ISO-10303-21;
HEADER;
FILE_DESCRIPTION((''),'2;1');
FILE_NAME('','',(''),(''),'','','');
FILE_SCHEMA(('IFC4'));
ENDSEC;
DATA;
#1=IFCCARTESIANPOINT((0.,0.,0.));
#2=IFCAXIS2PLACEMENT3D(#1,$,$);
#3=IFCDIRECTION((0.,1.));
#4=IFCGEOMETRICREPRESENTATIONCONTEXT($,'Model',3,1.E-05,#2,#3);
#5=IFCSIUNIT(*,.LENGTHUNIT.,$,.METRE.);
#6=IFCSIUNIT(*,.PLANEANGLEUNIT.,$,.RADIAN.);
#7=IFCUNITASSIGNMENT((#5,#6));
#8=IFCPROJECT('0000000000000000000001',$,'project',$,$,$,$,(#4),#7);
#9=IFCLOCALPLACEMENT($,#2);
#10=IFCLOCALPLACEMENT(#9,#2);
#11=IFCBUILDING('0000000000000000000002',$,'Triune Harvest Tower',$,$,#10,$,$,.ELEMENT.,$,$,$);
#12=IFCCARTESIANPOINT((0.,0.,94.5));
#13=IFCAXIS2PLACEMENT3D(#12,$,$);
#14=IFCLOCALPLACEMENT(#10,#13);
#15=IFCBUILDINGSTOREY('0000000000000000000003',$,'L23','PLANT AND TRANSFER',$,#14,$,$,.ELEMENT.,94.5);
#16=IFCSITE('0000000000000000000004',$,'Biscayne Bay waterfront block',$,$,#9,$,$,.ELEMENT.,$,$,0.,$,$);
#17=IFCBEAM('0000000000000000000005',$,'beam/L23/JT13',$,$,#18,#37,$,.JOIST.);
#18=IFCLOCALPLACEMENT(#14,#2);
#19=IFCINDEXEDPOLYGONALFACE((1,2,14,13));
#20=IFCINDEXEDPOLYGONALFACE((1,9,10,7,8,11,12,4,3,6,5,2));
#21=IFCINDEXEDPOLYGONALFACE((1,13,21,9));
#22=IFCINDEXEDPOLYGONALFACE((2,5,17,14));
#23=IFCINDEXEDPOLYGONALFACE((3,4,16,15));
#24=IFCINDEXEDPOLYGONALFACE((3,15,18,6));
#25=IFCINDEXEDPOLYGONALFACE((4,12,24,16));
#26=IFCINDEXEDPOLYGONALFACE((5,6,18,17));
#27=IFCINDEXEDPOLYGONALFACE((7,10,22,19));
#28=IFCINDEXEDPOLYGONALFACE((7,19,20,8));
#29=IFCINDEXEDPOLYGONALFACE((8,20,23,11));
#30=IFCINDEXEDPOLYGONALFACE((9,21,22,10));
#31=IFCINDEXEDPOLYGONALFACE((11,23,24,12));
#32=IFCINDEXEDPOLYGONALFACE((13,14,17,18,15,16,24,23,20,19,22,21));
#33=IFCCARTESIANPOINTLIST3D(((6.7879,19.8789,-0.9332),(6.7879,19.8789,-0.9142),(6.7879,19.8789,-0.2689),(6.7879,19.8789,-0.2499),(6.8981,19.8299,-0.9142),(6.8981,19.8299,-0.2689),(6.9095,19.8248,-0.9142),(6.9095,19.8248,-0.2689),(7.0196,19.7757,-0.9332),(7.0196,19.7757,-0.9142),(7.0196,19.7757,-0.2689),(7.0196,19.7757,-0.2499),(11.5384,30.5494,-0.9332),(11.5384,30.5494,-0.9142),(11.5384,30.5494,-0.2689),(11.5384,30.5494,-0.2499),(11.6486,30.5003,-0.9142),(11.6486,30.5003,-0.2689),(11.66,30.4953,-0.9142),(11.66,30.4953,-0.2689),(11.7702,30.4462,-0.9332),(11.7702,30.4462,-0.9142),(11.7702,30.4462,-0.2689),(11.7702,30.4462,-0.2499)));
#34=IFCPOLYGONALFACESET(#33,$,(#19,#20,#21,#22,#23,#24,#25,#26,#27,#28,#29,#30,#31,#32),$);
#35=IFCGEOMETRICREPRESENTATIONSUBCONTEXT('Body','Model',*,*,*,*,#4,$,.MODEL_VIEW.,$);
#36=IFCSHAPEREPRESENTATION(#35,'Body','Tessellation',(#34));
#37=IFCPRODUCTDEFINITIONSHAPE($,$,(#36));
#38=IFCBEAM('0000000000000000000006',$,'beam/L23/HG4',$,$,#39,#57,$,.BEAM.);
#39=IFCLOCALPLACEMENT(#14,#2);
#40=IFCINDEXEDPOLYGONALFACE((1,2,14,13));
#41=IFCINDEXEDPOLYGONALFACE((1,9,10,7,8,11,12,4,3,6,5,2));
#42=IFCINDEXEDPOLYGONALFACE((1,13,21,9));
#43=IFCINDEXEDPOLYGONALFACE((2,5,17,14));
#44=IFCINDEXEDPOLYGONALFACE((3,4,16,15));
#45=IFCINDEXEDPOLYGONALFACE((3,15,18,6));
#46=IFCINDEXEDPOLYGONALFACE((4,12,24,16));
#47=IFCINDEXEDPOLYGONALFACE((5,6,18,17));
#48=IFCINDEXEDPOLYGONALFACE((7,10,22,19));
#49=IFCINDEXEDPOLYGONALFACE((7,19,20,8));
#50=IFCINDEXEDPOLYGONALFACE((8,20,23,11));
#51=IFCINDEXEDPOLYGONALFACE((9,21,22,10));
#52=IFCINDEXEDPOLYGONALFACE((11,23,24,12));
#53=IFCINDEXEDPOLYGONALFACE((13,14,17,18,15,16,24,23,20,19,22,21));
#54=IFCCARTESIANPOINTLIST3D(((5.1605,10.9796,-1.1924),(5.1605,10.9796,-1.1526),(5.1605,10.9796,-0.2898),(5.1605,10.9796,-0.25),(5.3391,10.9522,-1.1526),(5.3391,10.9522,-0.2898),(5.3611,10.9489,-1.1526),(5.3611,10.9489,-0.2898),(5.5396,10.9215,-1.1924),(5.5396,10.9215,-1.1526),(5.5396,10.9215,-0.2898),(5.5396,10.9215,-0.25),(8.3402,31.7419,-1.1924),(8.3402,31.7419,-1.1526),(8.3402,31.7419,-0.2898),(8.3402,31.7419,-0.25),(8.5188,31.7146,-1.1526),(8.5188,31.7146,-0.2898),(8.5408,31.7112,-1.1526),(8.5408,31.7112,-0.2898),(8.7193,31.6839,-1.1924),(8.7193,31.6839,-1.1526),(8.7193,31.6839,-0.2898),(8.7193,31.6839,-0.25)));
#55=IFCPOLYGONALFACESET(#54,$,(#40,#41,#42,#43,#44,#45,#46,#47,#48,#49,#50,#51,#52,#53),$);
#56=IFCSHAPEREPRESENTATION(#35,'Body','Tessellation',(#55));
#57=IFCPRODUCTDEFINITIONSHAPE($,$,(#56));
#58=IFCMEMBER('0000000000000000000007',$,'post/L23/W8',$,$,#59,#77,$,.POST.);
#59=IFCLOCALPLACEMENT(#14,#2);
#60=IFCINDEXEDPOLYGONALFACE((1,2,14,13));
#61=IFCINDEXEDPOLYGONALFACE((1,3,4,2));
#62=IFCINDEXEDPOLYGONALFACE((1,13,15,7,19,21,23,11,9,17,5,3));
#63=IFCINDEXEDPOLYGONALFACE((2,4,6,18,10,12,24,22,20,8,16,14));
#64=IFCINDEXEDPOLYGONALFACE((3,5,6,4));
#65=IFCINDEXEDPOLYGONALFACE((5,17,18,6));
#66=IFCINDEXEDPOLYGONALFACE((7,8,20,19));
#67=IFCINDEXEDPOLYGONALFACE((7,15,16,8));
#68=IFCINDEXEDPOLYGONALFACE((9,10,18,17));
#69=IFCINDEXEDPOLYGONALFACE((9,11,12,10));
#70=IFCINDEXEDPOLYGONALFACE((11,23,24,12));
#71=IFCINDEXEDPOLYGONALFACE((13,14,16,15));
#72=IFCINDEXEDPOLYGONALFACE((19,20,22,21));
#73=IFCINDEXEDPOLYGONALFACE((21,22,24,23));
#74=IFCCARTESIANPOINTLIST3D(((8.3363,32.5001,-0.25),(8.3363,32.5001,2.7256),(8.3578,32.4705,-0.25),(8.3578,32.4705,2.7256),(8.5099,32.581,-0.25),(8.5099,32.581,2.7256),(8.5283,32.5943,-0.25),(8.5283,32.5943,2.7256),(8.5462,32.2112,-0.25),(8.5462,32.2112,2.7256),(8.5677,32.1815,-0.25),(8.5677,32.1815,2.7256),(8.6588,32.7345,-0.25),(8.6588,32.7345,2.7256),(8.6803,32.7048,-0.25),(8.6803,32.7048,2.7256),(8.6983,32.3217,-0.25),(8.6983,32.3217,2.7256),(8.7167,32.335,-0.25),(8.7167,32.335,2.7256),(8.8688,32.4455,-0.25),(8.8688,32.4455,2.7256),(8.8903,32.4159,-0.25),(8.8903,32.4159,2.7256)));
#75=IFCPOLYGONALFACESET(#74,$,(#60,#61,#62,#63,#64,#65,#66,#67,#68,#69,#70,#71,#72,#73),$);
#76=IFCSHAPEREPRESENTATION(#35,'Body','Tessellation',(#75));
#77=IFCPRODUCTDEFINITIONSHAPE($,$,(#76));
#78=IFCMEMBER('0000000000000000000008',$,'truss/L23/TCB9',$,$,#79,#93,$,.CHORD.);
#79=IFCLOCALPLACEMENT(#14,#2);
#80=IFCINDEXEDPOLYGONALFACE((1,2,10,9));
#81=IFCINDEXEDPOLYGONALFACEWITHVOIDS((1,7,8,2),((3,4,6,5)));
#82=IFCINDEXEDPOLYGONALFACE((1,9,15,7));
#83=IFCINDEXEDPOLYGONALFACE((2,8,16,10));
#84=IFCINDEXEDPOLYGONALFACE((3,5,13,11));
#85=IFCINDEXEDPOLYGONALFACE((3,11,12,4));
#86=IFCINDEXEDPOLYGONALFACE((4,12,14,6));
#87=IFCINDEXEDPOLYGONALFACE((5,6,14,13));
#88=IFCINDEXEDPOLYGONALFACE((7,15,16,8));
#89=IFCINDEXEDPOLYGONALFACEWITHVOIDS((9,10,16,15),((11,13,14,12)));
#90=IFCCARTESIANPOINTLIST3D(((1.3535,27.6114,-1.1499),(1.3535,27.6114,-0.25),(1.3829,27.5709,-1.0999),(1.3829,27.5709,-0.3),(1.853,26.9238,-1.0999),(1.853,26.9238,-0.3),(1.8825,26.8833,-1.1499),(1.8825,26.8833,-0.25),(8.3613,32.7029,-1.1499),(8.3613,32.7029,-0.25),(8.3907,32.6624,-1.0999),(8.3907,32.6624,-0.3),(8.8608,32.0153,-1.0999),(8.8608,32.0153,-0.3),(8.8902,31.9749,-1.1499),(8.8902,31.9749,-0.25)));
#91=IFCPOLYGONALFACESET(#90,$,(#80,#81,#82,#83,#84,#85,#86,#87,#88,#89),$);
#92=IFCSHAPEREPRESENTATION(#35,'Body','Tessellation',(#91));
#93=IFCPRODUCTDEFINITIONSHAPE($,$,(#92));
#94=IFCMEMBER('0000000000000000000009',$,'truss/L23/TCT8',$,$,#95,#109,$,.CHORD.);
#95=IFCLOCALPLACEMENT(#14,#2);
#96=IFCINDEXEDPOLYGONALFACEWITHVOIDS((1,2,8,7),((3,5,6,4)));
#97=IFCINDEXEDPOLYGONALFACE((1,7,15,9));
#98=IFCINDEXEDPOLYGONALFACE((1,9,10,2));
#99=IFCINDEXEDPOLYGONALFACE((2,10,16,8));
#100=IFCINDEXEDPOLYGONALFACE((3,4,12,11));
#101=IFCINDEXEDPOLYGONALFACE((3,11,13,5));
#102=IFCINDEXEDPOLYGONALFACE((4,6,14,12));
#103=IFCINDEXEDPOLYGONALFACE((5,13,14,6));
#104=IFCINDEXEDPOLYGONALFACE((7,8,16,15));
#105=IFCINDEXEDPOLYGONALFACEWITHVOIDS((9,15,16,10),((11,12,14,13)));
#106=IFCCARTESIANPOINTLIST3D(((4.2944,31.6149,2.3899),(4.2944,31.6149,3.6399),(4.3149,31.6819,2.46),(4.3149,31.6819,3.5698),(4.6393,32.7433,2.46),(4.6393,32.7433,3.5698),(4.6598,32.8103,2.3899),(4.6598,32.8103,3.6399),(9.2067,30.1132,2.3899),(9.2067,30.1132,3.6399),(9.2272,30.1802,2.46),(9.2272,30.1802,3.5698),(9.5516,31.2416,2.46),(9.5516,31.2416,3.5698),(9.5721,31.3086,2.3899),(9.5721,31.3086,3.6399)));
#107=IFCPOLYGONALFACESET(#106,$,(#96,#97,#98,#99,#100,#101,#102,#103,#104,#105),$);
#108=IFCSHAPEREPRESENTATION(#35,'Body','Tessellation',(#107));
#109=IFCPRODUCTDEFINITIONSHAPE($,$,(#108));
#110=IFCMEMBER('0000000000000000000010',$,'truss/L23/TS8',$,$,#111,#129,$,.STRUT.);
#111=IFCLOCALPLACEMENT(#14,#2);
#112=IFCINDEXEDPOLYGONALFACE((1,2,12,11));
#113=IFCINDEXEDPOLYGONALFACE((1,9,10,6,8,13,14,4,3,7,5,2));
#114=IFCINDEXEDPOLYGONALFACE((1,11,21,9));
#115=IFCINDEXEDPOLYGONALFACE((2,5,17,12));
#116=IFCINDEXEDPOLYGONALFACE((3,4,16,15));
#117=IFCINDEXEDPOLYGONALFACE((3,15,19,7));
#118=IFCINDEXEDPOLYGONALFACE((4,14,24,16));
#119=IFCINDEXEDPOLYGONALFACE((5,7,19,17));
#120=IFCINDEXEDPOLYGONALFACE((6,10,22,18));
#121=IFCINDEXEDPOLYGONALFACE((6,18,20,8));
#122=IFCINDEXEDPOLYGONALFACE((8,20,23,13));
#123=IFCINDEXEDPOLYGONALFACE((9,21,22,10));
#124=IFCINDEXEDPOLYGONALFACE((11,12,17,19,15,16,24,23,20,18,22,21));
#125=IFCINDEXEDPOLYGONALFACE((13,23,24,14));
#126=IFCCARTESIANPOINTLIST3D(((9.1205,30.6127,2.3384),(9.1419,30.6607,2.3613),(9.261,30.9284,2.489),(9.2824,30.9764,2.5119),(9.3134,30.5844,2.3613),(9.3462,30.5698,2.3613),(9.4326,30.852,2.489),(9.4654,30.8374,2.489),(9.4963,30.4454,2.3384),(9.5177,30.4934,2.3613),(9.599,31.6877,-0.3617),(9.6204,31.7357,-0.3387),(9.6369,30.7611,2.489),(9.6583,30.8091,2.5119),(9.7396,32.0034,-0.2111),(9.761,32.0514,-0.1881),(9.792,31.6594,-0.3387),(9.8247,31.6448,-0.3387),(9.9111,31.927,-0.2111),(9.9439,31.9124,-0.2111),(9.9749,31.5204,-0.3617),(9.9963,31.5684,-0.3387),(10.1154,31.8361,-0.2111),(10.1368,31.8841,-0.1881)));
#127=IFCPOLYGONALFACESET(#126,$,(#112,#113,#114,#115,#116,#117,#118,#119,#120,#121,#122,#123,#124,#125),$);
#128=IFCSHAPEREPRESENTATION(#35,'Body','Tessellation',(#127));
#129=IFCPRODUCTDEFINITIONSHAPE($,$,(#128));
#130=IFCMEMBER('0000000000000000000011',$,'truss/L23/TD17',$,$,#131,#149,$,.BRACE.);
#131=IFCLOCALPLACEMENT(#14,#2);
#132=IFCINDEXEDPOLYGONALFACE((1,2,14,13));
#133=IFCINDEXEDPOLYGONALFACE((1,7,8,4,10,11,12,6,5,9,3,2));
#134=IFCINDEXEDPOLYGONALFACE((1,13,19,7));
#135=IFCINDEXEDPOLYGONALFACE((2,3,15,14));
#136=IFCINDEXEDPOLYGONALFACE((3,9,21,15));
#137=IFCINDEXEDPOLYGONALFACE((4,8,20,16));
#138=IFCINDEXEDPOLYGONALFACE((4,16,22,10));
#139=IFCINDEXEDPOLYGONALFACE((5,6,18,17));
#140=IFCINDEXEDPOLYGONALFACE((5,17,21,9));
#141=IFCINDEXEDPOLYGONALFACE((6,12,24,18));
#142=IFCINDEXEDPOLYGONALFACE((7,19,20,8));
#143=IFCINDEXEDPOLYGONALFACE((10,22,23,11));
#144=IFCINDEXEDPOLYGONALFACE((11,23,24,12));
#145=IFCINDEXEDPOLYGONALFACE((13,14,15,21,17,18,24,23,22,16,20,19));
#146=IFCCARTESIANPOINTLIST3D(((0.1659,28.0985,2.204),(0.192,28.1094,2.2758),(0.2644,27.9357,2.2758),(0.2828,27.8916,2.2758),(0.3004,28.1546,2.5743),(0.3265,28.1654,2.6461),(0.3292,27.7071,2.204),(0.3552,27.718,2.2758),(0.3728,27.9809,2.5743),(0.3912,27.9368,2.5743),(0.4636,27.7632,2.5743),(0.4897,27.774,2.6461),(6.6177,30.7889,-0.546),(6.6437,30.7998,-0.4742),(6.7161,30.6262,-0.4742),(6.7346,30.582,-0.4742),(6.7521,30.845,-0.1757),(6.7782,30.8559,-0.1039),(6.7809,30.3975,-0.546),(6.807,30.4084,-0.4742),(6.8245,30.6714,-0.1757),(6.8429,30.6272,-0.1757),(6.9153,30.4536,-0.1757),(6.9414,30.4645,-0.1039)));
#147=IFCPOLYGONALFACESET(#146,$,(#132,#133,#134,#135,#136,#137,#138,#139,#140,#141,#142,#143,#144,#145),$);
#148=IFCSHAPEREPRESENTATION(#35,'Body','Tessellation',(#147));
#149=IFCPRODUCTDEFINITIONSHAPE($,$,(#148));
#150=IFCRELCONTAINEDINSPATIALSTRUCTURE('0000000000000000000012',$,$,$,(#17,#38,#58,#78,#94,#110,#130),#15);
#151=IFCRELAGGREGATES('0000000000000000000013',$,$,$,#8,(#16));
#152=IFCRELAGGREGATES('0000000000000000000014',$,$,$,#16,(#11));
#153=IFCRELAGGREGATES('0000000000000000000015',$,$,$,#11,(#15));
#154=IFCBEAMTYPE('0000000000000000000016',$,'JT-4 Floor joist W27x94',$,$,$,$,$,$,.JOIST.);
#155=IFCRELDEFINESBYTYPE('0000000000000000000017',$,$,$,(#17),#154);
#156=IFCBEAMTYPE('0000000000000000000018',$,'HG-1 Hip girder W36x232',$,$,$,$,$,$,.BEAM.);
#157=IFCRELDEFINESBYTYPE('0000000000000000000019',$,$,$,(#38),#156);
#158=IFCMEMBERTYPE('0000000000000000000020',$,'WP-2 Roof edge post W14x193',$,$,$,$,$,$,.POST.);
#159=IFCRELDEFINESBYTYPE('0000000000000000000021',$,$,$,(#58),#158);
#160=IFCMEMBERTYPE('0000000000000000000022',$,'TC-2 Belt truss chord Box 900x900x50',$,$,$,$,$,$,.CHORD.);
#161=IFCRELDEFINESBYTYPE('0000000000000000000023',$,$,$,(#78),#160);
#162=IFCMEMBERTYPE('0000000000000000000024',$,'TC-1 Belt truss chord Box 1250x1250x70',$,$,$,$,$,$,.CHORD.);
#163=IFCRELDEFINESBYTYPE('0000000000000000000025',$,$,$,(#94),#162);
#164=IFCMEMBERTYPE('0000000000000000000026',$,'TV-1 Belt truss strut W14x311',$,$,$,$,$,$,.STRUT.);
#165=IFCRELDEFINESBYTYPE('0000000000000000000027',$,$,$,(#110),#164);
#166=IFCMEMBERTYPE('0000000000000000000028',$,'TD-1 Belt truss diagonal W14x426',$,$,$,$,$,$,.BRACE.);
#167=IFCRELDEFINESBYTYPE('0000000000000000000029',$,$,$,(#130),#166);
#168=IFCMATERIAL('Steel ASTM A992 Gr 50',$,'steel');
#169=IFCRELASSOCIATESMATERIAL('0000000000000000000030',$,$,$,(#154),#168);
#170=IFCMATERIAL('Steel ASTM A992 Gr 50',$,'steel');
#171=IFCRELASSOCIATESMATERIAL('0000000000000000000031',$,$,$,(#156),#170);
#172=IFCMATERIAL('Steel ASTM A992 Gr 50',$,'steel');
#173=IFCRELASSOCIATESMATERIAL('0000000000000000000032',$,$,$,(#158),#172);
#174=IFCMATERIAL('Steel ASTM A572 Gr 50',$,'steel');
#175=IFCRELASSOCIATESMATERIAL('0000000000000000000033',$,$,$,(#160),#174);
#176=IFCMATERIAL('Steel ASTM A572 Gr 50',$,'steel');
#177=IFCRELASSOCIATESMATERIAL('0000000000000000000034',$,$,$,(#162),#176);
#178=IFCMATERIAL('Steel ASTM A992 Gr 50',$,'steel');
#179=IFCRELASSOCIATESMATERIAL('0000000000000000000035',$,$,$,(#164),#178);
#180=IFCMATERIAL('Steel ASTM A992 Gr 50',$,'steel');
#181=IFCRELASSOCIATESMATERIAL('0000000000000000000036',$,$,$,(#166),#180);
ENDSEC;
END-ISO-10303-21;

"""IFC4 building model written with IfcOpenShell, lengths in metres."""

from ifc_helpers import new_model, si_unit, direction, frame, origin, origin_2d, place, context, subcontext, project, spatial, hollow_rectangle, i_section, extrude, source, transform, mapped, material, material_profile, profile_set, type_object, element, save


model = new_model("IFC4")

# Units and contexts
model_context = context("Model", 3, precision=1e-05, world=origin(), true_north=direction((0.0, 1.0)))
body_context = subcontext(model_context, "Body", "Model", "MODEL_VIEW")
ifc_project = project(units=[si_unit("LENGTHUNIT", "METRE"), si_unit("PLANEANGLEUNIT", "RADIAN")], contexts=[model_context])

# Site, building, storey
site_placement = place(None, origin())
site = spatial("IfcSite", under=ifc_project, at=site_placement, Name="Biscayne Bay waterfront block", CompositionType="ELEMENT", RefElevation=0.0)
building_placement = place(site_placement, origin())
building = spatial("IfcBuilding", under=site, at=building_placement, Name="Triune Harvest Tower", CompositionType="ELEMENT")
storey_placement = place(building_placement, frame((0.0, 0.0, 94.5)))
storey = spatial("IfcBuildingStorey", under=building, at=storey_placement, Name="L23", Description="PLANT AND TRANSFER", CompositionType="ELEMENT", Elevation=94.5)

# Beams
ifc_material_1 = material(Name="Steel ASTM A992 Gr 50", Category="steel")
ifc_material_profile_1 = material_profile(ifc_material_1, i_section(OverallWidth=0.2537, OverallDepth=0.6833, WebThickness=0.0125, FlangeThickness=0.019, at=origin_2d()), Name="W27x94")
ifc_profile_set_1 = profile_set([ifc_material_profile_1], Name="Steel ASTM A992 Gr 50")
beam_type_1 = type_object("IfcBeamType", Name="JT-4 Floor joist W27x94", PredefinedType="JOIST", material=ifc_profile_set_1)
beam_1_placement = place(storey_placement, frame((11.6543, 30.4978, -0.5916), z_axis=(-0.406716, -0.913555, 0.0), x_axis=(0.913555, -0.406716, 0.0)))
element("IfcBeam", 1, at=beam_1_placement, inside=storey, type_object=beam_type_1, Name="beam/L23/JT13", PredefinedType="JOIST", context=body_context, shape_type="SweptSolid", body=[
    extrude(i_section(OverallWidth=0.2537, OverallDepth=0.6833, WebThickness=0.0125, FlangeThickness=0.019, at=origin_2d()), origin(), (0.0, 0.0, 1.0), 11.6802),
])
ifc_material_2 = material(Name="Steel ASTM A992 Gr 50", Category="steel")
ifc_material_profile_2 = material_profile(ifc_material_2, i_section(OverallWidth=0.3835, OverallDepth=0.9424, WebThickness=0.0222, FlangeThickness=0.0398, at=origin_2d()), Name="W36x232")
ifc_profile_set_2 = profile_set([ifc_material_profile_2], Name="Steel ASTM A992 Gr 50")
beam_type_2 = type_object("IfcBeamType", Name="HG-1 Hip girder W36x232", PredefinedType="BEAM", material=ifc_profile_set_2)
shared_shape_1 = source(origin(), body_context, "Body", "SweptSolid", [
    extrude(i_section(OverallWidth=0.3835, OverallDepth=0.9424, WebThickness=0.0222, FlangeThickness=0.0398, at=origin_2d()), origin(), (0.0, 0.0, 1.0), 21.0044),
])
beam_2_placement = place(storey_placement, frame((8.5298, 31.7129, -0.7212), z_axis=(-0.151383, -0.988475, 0.0), x_axis=(0.988475, -0.151383, 0.0)))
element("IfcBeam", 2, at=beam_2_placement, inside=storey, type_object=beam_type_2, Name="beam/L23/HG4", PredefinedType="BEAM", context=body_context, shape_type="MappedRepresentation", body=[
    mapped(shared_shape_1, transform((0.0, 0.0, 0.0), scale=1.0)),
])

# Members
ifc_material_3 = material(Name="Steel ASTM A992 Gr 50", Category="steel")
ifc_material_profile_3 = material_profile(ifc_material_3, i_section(OverallWidth=0.3987, OverallDepth=0.3938, WebThickness=0.0227, FlangeThickness=0.0366, at=origin_2d()), Name="W14x193")
ifc_profile_set_3 = profile_set([ifc_material_profile_3], Name="Steel ASTM A992 Gr 50")
member_type_1 = type_object("IfcMemberType", Name="WP-2 Roof edge post W14x193", PredefinedType="POST", material=ifc_profile_set_3)
shared_shape_2 = source(origin(), body_context, "Body", "SweptSolid", [
    extrude(i_section(OverallWidth=0.3987, OverallDepth=0.3938, WebThickness=0.0227, FlangeThickness=0.0366, at=origin_2d()), origin(), (0.0, 0.0, 1.0), 2.9756),
])
member_1_placement = place(storey_placement, frame((8.6133, 32.458, -0.25), z_axis=(0.0, 0.0, 1.0), x_axis=(-0.809017, -0.587785, 0.0)))
element("IfcMember", 3, at=member_1_placement, inside=storey, type_object=member_type_1, Name="post/L23/W8", PredefinedType="POST", context=body_context, shape_type="MappedRepresentation", body=[
    mapped(shared_shape_2, transform((0.0, 0.0, 0.0), scale=1.0)),
])
ifc_material_4 = material(Name="Steel ASTM A572 Gr 50", Category="steel")
ifc_material_profile_4 = material_profile(ifc_material_4, hollow_rectangle(XDim=0.8999, YDim=0.8999, WallThickness=0.05, at=origin_2d()), Name="Box 900x900x50")
ifc_profile_set_4 = profile_set([ifc_material_profile_4], Name="Steel ASTM A572 Gr 50")
member_type_2 = type_object("IfcMemberType", Name="TC-2 Belt truss chord Box 900x900x50", PredefinedType="CHORD", material=ifc_profile_set_4)
shared_shape_3 = source(origin(), body_context, "Body", "SweptSolid", [
    extrude(hollow_rectangle(XDim=0.8999, YDim=0.8999, WallThickness=0.05, at=origin_2d()), origin(), (0.0, 0.0, 1.0), 8.6621),
])
member_2_placement = place(storey_placement, frame((8.6257, 32.3389, -0.7), z_axis=(-0.809013, -0.587791, 0.0), x_axis=(0.587791, -0.809013, 0.0)))
element("IfcMember", 4, at=member_2_placement, inside=storey, type_object=member_type_2, Name="truss/L23/TCB9", PredefinedType="CHORD", context=body_context, shape_type="MappedRepresentation", body=[
    mapped(shared_shape_3, transform((0.0, 0.0, 0.0), scale=1.0)),
])
ifc_material_5 = material(Name="Steel ASTM A572 Gr 50", Category="steel")
ifc_material_profile_5 = material_profile(ifc_material_5, hollow_rectangle(XDim=1.25, YDim=1.25, WallThickness=0.0701, at=origin_2d()), Name="Box 1250x1250x70")
ifc_profile_set_5 = profile_set([ifc_material_profile_5], Name="Steel ASTM A572 Gr 50")
member_type_3 = type_object("IfcMemberType", Name="TC-1 Belt truss chord Box 1250x1250x70", PredefinedType="CHORD", material=ifc_profile_set_5)
shared_shape_4 = source(origin(), body_context, "Body", "SweptSolid", [
    extrude(hollow_rectangle(XDim=1.25, YDim=1.25, WallThickness=0.0701, at=origin_2d()), origin(), (0.0, 0.0, 1.0), 5.1367),
])
member_3_placement = place(storey_placement, frame((9.3894, 30.7109, 3.0149), z_axis=(-0.956313, 0.292345, 0.0), x_axis=(-0.292345, -0.956313, 0.0)))
element("IfcMember", 5, at=member_3_placement, inside=storey, type_object=member_type_3, Name="truss/L23/TCT8", PredefinedType="CHORD", context=body_context, shape_type="MappedRepresentation", body=[
    mapped(shared_shape_4, transform((0.0, 0.0, 0.0), scale=1.0)),
])
ifc_material_6 = material(Name="Steel ASTM A992 Gr 50", Category="steel")
ifc_material_profile_6 = material_profile(ifc_material_6, i_section(OverallWidth=0.4114, OverallDepth=0.4343, WebThickness=0.0359, FlangeThickness=0.0574, at=origin_2d()), Name="W14x311")
ifc_profile_set_6 = profile_set([ifc_material_profile_6], Name="Steel ASTM A992 Gr 50")
member_type_4 = type_object("IfcMemberType", Name="TV-1 Belt truss strut W14x311", PredefinedType="STRUT", material=ifc_profile_set_6)
shared_shape_5 = source(origin(), body_context, "Body", "SweptSolid", [
    extrude(i_section(OverallWidth=0.4114, OverallDepth=0.4343, WebThickness=0.0359, FlangeThickness=0.0574, at=origin_2d()), origin(), (0.0, 0.0, 1.0), 2.9453),
])
member_4_placement = place(storey_placement, frame((9.8679, 31.7859, -0.2749), z_axis=(-0.162473, -0.364983, 0.916728), x_axis=(0.913572, -0.406677, 0.0)))
element("IfcMember", 6, at=member_4_placement, inside=storey, type_object=member_type_4, Name="truss/L23/TS8", PredefinedType="STRUT", context=body_context, shape_type="MappedRepresentation", body=[
    mapped(shared_shape_5, transform((0.0, 0.0, 0.0), scale=1.0)),
])
ifc_material_7 = material(Name="Steel ASTM A992 Gr 50", Category="steel")
ifc_material_profile_7 = material_profile(ifc_material_7, i_section(OverallWidth=0.4241, OverallDepth=0.4751, WebThickness=0.0479, FlangeThickness=0.0771, at=origin_2d()), Name="W14x426")
ifc_profile_set_7 = profile_set([ifc_material_profile_7], Name="Steel ASTM A992 Gr 50")
member_type_5 = type_object("IfcMemberType", Name="TD-1 Belt truss diagonal W14x426", PredefinedType="BRACE", material=ifc_profile_set_7)
shared_shape_6 = source(origin(), body_context, "Body", "SweptSolid", [
    extrude(i_section(OverallWidth=0.4241, OverallDepth=0.4751, WebThickness=0.0479, FlangeThickness=0.0771, at=origin_2d()), origin(), (0.0, 0.0, 1.0), 7.5117),
])
member_5_placement = place(storey_placement, frame((6.7795, 30.6267, -0.325), z_axis=(-0.858888, -0.358168, 0.366098), x_axis=(0.384888, -0.922963, 0.0)))
element("IfcMember", 7, at=member_5_placement, inside=storey, type_object=member_type_5, Name="truss/L23/TD17", PredefinedType="BRACE", context=body_context, shape_type="MappedRepresentation", body=[
    mapped(shared_shape_6, transform((0.0, 0.0, 0.0), scale=1.0)),
])

save(model, "model.ifc")
